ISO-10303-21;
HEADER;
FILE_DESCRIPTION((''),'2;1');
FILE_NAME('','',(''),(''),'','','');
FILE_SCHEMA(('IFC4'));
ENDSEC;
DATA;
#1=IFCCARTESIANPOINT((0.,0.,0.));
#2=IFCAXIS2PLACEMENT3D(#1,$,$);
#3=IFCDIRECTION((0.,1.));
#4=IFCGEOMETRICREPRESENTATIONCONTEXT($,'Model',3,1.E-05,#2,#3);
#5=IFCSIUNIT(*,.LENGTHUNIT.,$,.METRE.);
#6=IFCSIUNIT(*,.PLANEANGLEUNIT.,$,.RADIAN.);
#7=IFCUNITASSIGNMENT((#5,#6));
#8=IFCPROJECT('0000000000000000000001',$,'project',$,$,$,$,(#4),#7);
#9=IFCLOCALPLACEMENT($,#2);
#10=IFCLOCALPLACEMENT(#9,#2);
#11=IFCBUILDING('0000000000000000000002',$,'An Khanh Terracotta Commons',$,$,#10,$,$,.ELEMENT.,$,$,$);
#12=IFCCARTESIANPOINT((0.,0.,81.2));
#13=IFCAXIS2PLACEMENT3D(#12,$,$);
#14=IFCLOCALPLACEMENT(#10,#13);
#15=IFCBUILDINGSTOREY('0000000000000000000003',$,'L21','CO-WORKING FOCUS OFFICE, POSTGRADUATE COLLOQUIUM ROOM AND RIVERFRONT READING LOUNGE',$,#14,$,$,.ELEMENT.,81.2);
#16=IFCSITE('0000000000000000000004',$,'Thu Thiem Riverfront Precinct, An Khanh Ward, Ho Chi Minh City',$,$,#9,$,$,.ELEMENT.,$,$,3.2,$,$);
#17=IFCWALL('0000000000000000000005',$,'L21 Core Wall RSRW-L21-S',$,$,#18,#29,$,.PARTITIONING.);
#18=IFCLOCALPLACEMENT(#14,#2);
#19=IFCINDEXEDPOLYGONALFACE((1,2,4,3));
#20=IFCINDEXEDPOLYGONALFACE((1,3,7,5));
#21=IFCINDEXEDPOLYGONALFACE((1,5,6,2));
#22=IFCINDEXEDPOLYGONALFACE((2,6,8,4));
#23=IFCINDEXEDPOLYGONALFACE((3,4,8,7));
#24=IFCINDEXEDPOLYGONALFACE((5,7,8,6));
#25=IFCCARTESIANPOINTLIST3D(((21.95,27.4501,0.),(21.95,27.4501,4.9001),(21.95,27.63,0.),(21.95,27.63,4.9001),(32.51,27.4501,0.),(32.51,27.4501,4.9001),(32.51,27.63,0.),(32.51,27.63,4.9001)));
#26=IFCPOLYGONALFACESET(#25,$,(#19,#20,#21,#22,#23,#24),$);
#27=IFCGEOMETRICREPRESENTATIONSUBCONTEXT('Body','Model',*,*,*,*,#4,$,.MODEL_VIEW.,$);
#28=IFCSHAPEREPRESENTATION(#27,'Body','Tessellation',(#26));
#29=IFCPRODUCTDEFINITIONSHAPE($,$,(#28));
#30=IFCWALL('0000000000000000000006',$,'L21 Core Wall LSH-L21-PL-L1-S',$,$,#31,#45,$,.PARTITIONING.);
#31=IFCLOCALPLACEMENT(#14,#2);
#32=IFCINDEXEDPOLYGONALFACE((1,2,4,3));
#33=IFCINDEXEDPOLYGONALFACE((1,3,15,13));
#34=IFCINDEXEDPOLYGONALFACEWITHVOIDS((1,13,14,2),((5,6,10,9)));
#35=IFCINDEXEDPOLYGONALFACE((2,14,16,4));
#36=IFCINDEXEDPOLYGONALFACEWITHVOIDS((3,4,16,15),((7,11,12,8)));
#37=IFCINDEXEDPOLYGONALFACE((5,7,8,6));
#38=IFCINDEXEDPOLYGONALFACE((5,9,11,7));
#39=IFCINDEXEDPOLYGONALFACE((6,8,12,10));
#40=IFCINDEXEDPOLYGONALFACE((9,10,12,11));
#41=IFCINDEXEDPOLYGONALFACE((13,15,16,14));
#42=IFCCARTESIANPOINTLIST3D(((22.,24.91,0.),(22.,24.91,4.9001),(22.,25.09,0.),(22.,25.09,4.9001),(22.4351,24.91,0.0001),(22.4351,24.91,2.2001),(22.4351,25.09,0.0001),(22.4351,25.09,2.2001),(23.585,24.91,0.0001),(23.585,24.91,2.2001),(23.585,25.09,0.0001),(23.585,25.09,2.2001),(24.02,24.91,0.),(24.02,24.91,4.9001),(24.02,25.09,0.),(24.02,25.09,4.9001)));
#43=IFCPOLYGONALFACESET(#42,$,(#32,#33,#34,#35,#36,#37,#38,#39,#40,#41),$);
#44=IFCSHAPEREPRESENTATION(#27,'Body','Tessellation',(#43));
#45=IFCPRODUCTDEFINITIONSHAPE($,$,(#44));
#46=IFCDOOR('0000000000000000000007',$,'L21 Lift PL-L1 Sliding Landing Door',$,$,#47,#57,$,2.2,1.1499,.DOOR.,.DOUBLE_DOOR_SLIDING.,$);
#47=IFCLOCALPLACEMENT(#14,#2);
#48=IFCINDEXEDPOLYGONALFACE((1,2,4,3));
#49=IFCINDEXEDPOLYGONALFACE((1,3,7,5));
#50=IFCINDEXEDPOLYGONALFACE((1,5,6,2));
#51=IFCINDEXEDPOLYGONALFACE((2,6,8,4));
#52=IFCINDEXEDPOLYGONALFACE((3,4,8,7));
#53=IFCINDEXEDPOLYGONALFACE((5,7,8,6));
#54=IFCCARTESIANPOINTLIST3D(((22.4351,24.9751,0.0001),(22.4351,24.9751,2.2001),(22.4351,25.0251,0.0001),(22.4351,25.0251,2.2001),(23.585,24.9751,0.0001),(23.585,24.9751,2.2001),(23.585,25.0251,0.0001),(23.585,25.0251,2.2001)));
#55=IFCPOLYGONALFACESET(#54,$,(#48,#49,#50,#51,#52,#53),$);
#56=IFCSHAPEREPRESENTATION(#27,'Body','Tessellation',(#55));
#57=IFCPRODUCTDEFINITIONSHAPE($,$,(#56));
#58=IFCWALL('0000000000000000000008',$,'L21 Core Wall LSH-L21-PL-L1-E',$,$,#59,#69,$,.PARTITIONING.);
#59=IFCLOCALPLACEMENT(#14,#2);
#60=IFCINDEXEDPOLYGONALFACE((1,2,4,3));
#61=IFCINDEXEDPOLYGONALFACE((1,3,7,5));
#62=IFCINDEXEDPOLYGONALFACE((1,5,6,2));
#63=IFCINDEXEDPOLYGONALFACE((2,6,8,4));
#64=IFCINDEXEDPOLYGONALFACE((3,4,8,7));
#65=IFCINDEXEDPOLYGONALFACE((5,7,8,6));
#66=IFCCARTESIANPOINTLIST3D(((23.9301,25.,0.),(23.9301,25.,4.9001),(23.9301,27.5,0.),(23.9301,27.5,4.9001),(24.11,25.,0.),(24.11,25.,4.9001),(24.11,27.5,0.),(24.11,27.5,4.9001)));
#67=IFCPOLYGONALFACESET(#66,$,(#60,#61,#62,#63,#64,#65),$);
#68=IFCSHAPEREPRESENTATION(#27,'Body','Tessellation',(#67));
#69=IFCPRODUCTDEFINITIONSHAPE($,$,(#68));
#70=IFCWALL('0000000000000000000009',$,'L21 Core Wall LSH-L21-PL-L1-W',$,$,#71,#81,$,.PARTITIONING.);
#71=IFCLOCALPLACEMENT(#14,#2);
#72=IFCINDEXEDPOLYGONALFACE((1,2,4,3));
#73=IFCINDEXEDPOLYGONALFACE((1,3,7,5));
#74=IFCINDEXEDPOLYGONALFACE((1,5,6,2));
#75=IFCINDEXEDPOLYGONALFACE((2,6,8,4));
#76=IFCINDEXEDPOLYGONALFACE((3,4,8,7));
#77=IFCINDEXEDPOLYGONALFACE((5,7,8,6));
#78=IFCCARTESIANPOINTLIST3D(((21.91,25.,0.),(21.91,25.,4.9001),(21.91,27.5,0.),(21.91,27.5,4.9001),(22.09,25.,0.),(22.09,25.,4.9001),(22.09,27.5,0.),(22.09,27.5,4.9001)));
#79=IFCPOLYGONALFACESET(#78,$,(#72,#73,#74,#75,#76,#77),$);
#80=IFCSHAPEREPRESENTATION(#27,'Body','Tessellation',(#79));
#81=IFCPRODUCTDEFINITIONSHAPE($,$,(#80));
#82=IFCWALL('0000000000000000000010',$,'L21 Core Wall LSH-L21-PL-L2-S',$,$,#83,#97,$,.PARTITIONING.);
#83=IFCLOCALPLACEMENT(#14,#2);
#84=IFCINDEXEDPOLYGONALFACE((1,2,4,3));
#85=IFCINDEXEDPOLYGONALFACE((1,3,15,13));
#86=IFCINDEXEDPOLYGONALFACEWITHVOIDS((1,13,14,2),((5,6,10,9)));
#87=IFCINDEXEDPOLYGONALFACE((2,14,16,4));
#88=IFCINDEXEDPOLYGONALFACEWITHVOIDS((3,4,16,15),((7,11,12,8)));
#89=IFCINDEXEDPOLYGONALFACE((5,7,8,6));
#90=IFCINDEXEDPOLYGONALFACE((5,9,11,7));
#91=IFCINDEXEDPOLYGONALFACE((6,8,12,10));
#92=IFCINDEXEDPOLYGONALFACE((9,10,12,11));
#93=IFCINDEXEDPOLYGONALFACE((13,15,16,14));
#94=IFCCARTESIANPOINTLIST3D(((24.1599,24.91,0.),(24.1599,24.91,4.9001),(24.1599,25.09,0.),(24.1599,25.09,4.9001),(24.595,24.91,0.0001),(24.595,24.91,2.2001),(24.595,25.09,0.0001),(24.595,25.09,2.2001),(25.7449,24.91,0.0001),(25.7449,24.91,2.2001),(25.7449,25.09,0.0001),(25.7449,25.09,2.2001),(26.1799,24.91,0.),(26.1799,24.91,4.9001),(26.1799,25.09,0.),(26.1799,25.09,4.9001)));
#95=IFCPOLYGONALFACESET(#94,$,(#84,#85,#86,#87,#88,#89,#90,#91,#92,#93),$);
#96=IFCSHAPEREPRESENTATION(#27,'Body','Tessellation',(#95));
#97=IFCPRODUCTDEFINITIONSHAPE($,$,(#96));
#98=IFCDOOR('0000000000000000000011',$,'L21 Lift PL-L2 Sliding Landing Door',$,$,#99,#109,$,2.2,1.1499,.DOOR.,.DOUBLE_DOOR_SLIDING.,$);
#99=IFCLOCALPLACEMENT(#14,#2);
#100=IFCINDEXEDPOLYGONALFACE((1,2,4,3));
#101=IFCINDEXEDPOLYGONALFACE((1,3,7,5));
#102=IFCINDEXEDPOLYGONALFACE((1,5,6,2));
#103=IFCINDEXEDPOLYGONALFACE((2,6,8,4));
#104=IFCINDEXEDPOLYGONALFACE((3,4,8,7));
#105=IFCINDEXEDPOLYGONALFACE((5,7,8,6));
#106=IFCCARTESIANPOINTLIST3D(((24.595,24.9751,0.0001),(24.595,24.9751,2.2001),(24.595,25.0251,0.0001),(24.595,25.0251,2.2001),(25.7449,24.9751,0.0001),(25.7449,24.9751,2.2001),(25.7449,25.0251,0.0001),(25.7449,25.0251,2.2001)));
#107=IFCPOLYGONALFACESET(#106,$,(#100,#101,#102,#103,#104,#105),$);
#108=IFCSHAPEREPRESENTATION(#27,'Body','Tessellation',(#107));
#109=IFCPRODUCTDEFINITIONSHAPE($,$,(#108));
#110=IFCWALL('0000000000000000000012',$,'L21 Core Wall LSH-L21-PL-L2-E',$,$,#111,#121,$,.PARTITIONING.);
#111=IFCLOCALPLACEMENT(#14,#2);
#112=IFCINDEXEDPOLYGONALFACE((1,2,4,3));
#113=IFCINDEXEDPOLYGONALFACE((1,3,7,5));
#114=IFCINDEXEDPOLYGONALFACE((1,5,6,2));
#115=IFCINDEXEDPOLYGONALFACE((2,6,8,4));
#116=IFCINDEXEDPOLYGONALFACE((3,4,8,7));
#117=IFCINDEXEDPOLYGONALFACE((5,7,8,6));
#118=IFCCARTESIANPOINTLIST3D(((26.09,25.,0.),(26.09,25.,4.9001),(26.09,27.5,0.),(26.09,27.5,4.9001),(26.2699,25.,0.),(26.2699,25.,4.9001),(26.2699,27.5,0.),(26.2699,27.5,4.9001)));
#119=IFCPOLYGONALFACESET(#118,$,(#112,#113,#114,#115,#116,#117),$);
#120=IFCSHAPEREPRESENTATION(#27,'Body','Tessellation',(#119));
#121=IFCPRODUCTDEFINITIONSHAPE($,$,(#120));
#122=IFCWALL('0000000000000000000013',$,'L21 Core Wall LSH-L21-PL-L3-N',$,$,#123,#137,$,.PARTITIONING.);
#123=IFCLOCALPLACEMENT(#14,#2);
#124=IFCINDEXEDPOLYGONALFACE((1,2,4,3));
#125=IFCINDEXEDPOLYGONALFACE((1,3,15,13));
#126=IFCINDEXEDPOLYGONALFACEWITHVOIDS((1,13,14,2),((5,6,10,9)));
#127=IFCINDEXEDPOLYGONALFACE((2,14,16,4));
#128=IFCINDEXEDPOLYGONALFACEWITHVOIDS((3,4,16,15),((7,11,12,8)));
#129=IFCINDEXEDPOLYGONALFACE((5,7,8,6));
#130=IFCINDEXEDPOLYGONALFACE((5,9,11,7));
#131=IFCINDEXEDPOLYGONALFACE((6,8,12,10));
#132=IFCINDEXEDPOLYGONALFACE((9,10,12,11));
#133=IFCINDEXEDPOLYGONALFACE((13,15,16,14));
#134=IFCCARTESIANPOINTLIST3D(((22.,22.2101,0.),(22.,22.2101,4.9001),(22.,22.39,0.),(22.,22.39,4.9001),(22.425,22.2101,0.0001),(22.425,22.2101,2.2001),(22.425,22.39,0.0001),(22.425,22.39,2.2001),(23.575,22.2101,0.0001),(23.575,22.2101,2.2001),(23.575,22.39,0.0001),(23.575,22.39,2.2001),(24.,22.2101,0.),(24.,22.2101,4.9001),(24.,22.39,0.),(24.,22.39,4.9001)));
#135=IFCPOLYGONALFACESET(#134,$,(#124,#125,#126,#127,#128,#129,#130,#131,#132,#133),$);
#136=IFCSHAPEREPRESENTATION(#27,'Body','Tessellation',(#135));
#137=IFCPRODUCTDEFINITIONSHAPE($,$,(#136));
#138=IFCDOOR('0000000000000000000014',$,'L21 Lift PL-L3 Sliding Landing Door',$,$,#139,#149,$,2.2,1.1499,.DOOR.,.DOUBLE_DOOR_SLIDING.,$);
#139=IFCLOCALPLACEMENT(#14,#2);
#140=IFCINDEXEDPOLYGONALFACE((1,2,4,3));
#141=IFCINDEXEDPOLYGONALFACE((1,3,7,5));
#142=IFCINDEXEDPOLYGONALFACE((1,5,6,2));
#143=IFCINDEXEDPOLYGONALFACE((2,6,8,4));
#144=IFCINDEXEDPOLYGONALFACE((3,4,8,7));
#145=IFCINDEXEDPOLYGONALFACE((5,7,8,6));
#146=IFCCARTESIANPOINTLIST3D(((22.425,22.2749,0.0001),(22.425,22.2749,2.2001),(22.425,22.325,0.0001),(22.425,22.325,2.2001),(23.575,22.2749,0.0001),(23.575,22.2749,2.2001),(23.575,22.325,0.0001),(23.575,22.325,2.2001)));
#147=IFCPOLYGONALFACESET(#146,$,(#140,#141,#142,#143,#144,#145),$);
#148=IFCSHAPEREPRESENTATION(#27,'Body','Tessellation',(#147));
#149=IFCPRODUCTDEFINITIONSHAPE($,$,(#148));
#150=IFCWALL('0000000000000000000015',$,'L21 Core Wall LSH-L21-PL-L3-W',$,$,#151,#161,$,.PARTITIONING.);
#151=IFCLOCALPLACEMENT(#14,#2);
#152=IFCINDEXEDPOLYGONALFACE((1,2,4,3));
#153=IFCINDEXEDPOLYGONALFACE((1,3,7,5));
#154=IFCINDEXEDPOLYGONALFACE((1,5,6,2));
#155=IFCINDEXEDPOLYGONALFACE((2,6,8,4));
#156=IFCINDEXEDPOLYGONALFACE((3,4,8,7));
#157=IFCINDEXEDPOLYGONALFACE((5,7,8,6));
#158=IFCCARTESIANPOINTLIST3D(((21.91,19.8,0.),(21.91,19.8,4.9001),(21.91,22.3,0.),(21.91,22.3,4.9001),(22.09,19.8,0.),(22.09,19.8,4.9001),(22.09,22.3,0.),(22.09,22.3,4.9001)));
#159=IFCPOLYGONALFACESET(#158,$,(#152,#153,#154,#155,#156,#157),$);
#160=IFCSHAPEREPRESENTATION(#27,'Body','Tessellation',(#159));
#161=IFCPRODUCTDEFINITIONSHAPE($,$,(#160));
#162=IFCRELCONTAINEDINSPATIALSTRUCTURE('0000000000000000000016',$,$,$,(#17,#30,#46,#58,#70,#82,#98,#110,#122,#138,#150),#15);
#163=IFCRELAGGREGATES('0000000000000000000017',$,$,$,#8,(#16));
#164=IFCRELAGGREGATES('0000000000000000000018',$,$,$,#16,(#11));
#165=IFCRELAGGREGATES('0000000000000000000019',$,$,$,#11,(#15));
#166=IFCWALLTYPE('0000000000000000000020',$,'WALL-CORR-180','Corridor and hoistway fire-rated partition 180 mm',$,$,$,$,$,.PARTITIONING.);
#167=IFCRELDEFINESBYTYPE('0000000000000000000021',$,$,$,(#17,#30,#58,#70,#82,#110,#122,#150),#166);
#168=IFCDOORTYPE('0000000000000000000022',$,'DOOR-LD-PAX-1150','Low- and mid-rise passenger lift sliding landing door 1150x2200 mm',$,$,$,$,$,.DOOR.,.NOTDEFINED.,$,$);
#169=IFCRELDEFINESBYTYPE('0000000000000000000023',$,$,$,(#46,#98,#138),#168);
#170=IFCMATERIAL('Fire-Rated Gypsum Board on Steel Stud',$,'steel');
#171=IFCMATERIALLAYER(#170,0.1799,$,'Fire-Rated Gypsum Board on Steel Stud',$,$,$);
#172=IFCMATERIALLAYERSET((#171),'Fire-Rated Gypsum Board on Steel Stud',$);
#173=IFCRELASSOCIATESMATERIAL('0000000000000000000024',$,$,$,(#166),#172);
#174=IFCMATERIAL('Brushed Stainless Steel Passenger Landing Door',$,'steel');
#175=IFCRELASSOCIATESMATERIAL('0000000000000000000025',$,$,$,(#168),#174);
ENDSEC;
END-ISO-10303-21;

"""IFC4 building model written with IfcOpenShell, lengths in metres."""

from ifc_helpers import new_model, si_unit, direction, frame, frame_2d, origin, place, context, subcontext, project, spatial, rectangle, extrude, material, layer, layer_set, type_object, element, fill, save


model = new_model("IFC4")

# Units and contexts
model_context = context("Model", 3, precision=1e-05, world=origin(), true_north=direction((0.0, 1.0)))
body_context = subcontext(model_context, "Body", "Model", "MODEL_VIEW")
ifc_project = project(units=[si_unit("LENGTHUNIT", "METRE"), si_unit("PLANEANGLEUNIT", "RADIAN")], contexts=[model_context])

# Site, building, storey
site_placement = place(None, origin())
site = spatial("IfcSite", under=ifc_project, at=site_placement, Name="Thu Thiem Riverfront Precinct, An Khanh Ward, Ho Chi Minh City", CompositionType="ELEMENT", RefElevation=3.2)
building_placement = place(site_placement, origin())
building = spatial("IfcBuilding", under=site, at=building_placement, Name="An Khanh Terracotta Commons", CompositionType="ELEMENT")
storey_placement = place(building_placement, frame((0.0, 0.0, 81.2)))
storey = spatial("IfcBuildingStorey", under=building, at=storey_placement, Name="L21", Description="CO-WORKING FOCUS OFFICE, POSTGRADUATE COLLOQUIUM ROOM AND RIVERFRONT READING LOUNGE", CompositionType="ELEMENT", Elevation=81.2)

# Wall
ifc_material_1 = material(Name="Fire-Rated Gypsum Board on Steel Stud", Category="steel")
ifc_layer_1 = layer(ifc_material_1, 0.1799, Name="Fire-Rated Gypsum Board on Steel Stud")
ifc_layer_set_1 = layer_set([ifc_layer_1], Name="Fire-Rated Gypsum Board on Steel Stud")
wall_type_1 = type_object("IfcWallType", Name="WALL-CORR-180", Description="Corridor and hoistway fire-rated partition 180 mm", PredefinedType="PARTITIONING", material=ifc_layer_set_1)
wall_1_placement = place(storey_placement, frame((21.95, 27.54, 0.0), z_axis=(0.0, 0.0, 1.0), x_axis=(1.0, 0.0, 0.0)))
element("IfcWall", 1, at=wall_1_placement, inside=storey, type_object=wall_type_1, Name="L21 Core Wall RSRW-L21-S", PredefinedType="PARTITIONING", context=body_context, shape_type="SweptSolid", body=[
    extrude(rectangle(XDim=10.5601, YDim=0.1799, at=frame_2d((5.28, 0.0))), origin(), (0.0, 0.0, 1.0), 4.9001),
])

# Wall, opening, door
wall_2_placement = place(storey_placement, frame((24.02, 25.0, 0.0), z_axis=(0.0, 0.0, 1.0), x_axis=(-1.0, 0.0, 0.0)))
wall_2 = element("IfcWall", 2, at=wall_2_placement, inside=storey, type_object=wall_type_1, Name="L21 Core Wall LSH-L21-PL-L1-S", PredefinedType="PARTITIONING", context=body_context, shape_type="SweptSolid", body=[
    extrude(rectangle(XDim=2.02, YDim=0.1799, at=frame_2d((1.01, 0.0))), origin(), (0.0, 0.0, 1.0), 4.9001),
])
opening_1_placement = place(wall_2_placement, frame((0.4351, 0.0, 0.0)))
opening_1 = element("IfcOpeningElement", 3, at=opening_1_placement, cuts=wall_2, PredefinedType="OPENING", context=body_context, shape_type="SweptSolid", body=[
    extrude(rectangle(XDim=1.1499, YDim=2.2, at=frame_2d((0.575, 1.1001))), frame((0.0, 0.0999, 0.0), z_axis=(0.0, -1.0, 0.0), x_axis=(1.0, 0.0, 0.0)), (0.0, 0.0, 1.0), 0.2),
])
ifc_material_2 = material(Name="Brushed Stainless Steel Passenger Landing Door", Category="steel")
door_type = type_object("IfcDoorType", Name="DOOR-LD-PAX-1150", Description="Low- and mid-rise passenger lift sliding landing door 1150x2200 mm", OperationType="NOTDEFINED", PredefinedType="DOOR", material=ifc_material_2)
door_1_placement = place(opening_1_placement, origin())
door_1 = element("IfcDoor", 4, at=door_1_placement, inside=storey, type_object=door_type, Name="L21 Lift PL-L1 Sliding Landing Door", OperationType="DOUBLE_DOOR_SLIDING", OverallHeight=2.2, OverallWidth=1.1499, PredefinedType="DOOR", context=body_context, shape_type="SweptSolid", body=[
    extrude(rectangle(XDim=1.1499, YDim=2.2, at=frame_2d((0.575, 1.1001))), frame((0.0, 0.0249, 0.0), z_axis=(0.0, -1.0, 0.0), x_axis=(1.0, 0.0, 0.0)), (0.0, 0.0, 1.0), 0.05),
])
fill(opening_1, door_1)

# Walls
for number, where, z_axis, x_axis, name in (
    (5, (24.02, 25.0, 0.0), (0.0, 0.0, 1.0), (0.0, 1.0, 0.0), "L21 Core Wall LSH-L21-PL-L1-E"),
    (6, (22.0, 27.5, 0.0), (0.0, 0.0, 1.0), (0.0, -1.0, 0.0), "L21 Core Wall LSH-L21-PL-L1-W"),
):
    element("IfcWall", number, at=place(storey_placement, frame(where, z_axis=z_axis, x_axis=x_axis)), inside=storey, type_object=wall_type_1, Name=name, PredefinedType="PARTITIONING", context=body_context, shape_type="SweptSolid", body=[
        extrude(rectangle(XDim=2.5, YDim=0.1799, at=frame_2d((1.25, 0.0))), origin(), (0.0, 0.0, 1.0), 4.9001),
    ])

# Wall, opening, door
wall_3_placement = place(storey_placement, frame((26.1799, 25.0, 0.0), z_axis=(0.0, 0.0, 1.0), x_axis=(-1.0, 0.0, 0.0)))
wall_3 = element("IfcWall", 7, at=wall_3_placement, inside=storey, type_object=wall_type_1, Name="L21 Core Wall LSH-L21-PL-L2-S", PredefinedType="PARTITIONING", context=body_context, shape_type="SweptSolid", body=[
    extrude(rectangle(XDim=2.02, YDim=0.1799, at=frame_2d((1.01, 0.0))), origin(), (0.0, 0.0, 1.0), 4.9001),
])
opening_2_placement = place(wall_3_placement, frame((0.4351, 0.0, 0.0)))
opening_2 = element("IfcOpeningElement", 8, at=opening_2_placement, cuts=wall_3, PredefinedType="OPENING", context=body_context, shape_type="SweptSolid", body=[
    extrude(rectangle(XDim=1.1499, YDim=2.2, at=frame_2d((0.575, 1.1001))), frame((0.0, 0.0999, 0.0), z_axis=(0.0, -1.0, 0.0), x_axis=(1.0, 0.0, 0.0)), (0.0, 0.0, 1.0), 0.2),
])
door_2_placement = place(opening_2_placement, origin())
door_2 = element("IfcDoor", 9, at=door_2_placement, inside=storey, type_object=door_type, Name="L21 Lift PL-L2 Sliding Landing Door", OperationType="DOUBLE_DOOR_SLIDING", OverallHeight=2.2, OverallWidth=1.1499, PredefinedType="DOOR", context=body_context, shape_type="SweptSolid", body=[
    extrude(rectangle(XDim=1.1499, YDim=2.2, at=frame_2d((0.575, 1.1001))), frame((0.0, 0.0249, 0.0), z_axis=(0.0, -1.0, 0.0), x_axis=(1.0, 0.0, 0.0)), (0.0, 0.0, 1.0), 0.05),
])
fill(opening_2, door_2)

# Wall
wall_4_placement = place(storey_placement, frame((26.1799, 25.0, 0.0), z_axis=(0.0, 0.0, 1.0), x_axis=(0.0, 1.0, 0.0)))
element("IfcWall", 10, at=wall_4_placement, inside=storey, type_object=wall_type_1, Name="L21 Core Wall LSH-L21-PL-L2-E", PredefinedType="PARTITIONING", context=body_context, shape_type="SweptSolid", body=[
    extrude(rectangle(XDim=2.5, YDim=0.1799, at=frame_2d((1.25, 0.0))), origin(), (0.0, 0.0, 1.0), 4.9001),
])

# Wall, opening, door
wall_5_placement = place(storey_placement, frame((22.0, 22.3, 0.0), z_axis=(0.0, 0.0, 1.0), x_axis=(1.0, 0.0, 0.0)))
wall_5 = element("IfcWall", 11, at=wall_5_placement, inside=storey, type_object=wall_type_1, Name="L21 Core Wall LSH-L21-PL-L3-N", PredefinedType="PARTITIONING", context=body_context, shape_type="SweptSolid", body=[
    extrude(rectangle(XDim=2.0, YDim=0.1799, at=frame_2d((1.0, 0.0))), origin(), (0.0, 0.0, 1.0), 4.9001),
])
opening_3_placement = place(wall_5_placement, frame((0.425, 0.0, 0.0)))
opening_3 = element("IfcOpeningElement", 12, at=opening_3_placement, cuts=wall_5, PredefinedType="OPENING", context=body_context, shape_type="SweptSolid", body=[
    extrude(rectangle(XDim=1.1499, YDim=2.2, at=frame_2d((0.575, 1.1001))), frame((0.0, 0.0999, 0.0), z_axis=(0.0, -1.0, 0.0), x_axis=(1.0, 0.0, 0.0)), (0.0, 0.0, 1.0), 0.2),
])
door_3_placement = place(opening_3_placement, origin())
door_3 = element("IfcDoor", 13, at=door_3_placement, inside=storey, type_object=door_type, Name="L21 Lift PL-L3 Sliding Landing Door", OperationType="DOUBLE_DOOR_SLIDING", OverallHeight=2.2, OverallWidth=1.1499, PredefinedType="DOOR", context=body_context, shape_type="SweptSolid", body=[
    extrude(rectangle(XDim=1.1499, YDim=2.2, at=frame_2d((0.575, 1.1001))), frame((0.0, 0.0249, 0.0), z_axis=(0.0, -1.0, 0.0), x_axis=(1.0, 0.0, 0.0)), (0.0, 0.0, 1.0), 0.05),
])
fill(opening_3, door_3)

# Wall
wall_6_placement = place(storey_placement, frame((22.0, 22.3, 0.0), z_axis=(0.0, 0.0, 1.0), x_axis=(0.0, -1.0, 0.0)))
element("IfcWall", 14, at=wall_6_placement, inside=storey, type_object=wall_type_1, Name="L21 Core Wall LSH-L21-PL-L3-W", PredefinedType="PARTITIONING", context=body_context, shape_type="SweptSolid", body=[
    extrude(rectangle(XDim=2.5, YDim=0.1799, at=frame_2d((1.25, 0.0))), origin(), (0.0, 0.0, 1.0), 4.9001),
])

save(model, "model.ifc")
